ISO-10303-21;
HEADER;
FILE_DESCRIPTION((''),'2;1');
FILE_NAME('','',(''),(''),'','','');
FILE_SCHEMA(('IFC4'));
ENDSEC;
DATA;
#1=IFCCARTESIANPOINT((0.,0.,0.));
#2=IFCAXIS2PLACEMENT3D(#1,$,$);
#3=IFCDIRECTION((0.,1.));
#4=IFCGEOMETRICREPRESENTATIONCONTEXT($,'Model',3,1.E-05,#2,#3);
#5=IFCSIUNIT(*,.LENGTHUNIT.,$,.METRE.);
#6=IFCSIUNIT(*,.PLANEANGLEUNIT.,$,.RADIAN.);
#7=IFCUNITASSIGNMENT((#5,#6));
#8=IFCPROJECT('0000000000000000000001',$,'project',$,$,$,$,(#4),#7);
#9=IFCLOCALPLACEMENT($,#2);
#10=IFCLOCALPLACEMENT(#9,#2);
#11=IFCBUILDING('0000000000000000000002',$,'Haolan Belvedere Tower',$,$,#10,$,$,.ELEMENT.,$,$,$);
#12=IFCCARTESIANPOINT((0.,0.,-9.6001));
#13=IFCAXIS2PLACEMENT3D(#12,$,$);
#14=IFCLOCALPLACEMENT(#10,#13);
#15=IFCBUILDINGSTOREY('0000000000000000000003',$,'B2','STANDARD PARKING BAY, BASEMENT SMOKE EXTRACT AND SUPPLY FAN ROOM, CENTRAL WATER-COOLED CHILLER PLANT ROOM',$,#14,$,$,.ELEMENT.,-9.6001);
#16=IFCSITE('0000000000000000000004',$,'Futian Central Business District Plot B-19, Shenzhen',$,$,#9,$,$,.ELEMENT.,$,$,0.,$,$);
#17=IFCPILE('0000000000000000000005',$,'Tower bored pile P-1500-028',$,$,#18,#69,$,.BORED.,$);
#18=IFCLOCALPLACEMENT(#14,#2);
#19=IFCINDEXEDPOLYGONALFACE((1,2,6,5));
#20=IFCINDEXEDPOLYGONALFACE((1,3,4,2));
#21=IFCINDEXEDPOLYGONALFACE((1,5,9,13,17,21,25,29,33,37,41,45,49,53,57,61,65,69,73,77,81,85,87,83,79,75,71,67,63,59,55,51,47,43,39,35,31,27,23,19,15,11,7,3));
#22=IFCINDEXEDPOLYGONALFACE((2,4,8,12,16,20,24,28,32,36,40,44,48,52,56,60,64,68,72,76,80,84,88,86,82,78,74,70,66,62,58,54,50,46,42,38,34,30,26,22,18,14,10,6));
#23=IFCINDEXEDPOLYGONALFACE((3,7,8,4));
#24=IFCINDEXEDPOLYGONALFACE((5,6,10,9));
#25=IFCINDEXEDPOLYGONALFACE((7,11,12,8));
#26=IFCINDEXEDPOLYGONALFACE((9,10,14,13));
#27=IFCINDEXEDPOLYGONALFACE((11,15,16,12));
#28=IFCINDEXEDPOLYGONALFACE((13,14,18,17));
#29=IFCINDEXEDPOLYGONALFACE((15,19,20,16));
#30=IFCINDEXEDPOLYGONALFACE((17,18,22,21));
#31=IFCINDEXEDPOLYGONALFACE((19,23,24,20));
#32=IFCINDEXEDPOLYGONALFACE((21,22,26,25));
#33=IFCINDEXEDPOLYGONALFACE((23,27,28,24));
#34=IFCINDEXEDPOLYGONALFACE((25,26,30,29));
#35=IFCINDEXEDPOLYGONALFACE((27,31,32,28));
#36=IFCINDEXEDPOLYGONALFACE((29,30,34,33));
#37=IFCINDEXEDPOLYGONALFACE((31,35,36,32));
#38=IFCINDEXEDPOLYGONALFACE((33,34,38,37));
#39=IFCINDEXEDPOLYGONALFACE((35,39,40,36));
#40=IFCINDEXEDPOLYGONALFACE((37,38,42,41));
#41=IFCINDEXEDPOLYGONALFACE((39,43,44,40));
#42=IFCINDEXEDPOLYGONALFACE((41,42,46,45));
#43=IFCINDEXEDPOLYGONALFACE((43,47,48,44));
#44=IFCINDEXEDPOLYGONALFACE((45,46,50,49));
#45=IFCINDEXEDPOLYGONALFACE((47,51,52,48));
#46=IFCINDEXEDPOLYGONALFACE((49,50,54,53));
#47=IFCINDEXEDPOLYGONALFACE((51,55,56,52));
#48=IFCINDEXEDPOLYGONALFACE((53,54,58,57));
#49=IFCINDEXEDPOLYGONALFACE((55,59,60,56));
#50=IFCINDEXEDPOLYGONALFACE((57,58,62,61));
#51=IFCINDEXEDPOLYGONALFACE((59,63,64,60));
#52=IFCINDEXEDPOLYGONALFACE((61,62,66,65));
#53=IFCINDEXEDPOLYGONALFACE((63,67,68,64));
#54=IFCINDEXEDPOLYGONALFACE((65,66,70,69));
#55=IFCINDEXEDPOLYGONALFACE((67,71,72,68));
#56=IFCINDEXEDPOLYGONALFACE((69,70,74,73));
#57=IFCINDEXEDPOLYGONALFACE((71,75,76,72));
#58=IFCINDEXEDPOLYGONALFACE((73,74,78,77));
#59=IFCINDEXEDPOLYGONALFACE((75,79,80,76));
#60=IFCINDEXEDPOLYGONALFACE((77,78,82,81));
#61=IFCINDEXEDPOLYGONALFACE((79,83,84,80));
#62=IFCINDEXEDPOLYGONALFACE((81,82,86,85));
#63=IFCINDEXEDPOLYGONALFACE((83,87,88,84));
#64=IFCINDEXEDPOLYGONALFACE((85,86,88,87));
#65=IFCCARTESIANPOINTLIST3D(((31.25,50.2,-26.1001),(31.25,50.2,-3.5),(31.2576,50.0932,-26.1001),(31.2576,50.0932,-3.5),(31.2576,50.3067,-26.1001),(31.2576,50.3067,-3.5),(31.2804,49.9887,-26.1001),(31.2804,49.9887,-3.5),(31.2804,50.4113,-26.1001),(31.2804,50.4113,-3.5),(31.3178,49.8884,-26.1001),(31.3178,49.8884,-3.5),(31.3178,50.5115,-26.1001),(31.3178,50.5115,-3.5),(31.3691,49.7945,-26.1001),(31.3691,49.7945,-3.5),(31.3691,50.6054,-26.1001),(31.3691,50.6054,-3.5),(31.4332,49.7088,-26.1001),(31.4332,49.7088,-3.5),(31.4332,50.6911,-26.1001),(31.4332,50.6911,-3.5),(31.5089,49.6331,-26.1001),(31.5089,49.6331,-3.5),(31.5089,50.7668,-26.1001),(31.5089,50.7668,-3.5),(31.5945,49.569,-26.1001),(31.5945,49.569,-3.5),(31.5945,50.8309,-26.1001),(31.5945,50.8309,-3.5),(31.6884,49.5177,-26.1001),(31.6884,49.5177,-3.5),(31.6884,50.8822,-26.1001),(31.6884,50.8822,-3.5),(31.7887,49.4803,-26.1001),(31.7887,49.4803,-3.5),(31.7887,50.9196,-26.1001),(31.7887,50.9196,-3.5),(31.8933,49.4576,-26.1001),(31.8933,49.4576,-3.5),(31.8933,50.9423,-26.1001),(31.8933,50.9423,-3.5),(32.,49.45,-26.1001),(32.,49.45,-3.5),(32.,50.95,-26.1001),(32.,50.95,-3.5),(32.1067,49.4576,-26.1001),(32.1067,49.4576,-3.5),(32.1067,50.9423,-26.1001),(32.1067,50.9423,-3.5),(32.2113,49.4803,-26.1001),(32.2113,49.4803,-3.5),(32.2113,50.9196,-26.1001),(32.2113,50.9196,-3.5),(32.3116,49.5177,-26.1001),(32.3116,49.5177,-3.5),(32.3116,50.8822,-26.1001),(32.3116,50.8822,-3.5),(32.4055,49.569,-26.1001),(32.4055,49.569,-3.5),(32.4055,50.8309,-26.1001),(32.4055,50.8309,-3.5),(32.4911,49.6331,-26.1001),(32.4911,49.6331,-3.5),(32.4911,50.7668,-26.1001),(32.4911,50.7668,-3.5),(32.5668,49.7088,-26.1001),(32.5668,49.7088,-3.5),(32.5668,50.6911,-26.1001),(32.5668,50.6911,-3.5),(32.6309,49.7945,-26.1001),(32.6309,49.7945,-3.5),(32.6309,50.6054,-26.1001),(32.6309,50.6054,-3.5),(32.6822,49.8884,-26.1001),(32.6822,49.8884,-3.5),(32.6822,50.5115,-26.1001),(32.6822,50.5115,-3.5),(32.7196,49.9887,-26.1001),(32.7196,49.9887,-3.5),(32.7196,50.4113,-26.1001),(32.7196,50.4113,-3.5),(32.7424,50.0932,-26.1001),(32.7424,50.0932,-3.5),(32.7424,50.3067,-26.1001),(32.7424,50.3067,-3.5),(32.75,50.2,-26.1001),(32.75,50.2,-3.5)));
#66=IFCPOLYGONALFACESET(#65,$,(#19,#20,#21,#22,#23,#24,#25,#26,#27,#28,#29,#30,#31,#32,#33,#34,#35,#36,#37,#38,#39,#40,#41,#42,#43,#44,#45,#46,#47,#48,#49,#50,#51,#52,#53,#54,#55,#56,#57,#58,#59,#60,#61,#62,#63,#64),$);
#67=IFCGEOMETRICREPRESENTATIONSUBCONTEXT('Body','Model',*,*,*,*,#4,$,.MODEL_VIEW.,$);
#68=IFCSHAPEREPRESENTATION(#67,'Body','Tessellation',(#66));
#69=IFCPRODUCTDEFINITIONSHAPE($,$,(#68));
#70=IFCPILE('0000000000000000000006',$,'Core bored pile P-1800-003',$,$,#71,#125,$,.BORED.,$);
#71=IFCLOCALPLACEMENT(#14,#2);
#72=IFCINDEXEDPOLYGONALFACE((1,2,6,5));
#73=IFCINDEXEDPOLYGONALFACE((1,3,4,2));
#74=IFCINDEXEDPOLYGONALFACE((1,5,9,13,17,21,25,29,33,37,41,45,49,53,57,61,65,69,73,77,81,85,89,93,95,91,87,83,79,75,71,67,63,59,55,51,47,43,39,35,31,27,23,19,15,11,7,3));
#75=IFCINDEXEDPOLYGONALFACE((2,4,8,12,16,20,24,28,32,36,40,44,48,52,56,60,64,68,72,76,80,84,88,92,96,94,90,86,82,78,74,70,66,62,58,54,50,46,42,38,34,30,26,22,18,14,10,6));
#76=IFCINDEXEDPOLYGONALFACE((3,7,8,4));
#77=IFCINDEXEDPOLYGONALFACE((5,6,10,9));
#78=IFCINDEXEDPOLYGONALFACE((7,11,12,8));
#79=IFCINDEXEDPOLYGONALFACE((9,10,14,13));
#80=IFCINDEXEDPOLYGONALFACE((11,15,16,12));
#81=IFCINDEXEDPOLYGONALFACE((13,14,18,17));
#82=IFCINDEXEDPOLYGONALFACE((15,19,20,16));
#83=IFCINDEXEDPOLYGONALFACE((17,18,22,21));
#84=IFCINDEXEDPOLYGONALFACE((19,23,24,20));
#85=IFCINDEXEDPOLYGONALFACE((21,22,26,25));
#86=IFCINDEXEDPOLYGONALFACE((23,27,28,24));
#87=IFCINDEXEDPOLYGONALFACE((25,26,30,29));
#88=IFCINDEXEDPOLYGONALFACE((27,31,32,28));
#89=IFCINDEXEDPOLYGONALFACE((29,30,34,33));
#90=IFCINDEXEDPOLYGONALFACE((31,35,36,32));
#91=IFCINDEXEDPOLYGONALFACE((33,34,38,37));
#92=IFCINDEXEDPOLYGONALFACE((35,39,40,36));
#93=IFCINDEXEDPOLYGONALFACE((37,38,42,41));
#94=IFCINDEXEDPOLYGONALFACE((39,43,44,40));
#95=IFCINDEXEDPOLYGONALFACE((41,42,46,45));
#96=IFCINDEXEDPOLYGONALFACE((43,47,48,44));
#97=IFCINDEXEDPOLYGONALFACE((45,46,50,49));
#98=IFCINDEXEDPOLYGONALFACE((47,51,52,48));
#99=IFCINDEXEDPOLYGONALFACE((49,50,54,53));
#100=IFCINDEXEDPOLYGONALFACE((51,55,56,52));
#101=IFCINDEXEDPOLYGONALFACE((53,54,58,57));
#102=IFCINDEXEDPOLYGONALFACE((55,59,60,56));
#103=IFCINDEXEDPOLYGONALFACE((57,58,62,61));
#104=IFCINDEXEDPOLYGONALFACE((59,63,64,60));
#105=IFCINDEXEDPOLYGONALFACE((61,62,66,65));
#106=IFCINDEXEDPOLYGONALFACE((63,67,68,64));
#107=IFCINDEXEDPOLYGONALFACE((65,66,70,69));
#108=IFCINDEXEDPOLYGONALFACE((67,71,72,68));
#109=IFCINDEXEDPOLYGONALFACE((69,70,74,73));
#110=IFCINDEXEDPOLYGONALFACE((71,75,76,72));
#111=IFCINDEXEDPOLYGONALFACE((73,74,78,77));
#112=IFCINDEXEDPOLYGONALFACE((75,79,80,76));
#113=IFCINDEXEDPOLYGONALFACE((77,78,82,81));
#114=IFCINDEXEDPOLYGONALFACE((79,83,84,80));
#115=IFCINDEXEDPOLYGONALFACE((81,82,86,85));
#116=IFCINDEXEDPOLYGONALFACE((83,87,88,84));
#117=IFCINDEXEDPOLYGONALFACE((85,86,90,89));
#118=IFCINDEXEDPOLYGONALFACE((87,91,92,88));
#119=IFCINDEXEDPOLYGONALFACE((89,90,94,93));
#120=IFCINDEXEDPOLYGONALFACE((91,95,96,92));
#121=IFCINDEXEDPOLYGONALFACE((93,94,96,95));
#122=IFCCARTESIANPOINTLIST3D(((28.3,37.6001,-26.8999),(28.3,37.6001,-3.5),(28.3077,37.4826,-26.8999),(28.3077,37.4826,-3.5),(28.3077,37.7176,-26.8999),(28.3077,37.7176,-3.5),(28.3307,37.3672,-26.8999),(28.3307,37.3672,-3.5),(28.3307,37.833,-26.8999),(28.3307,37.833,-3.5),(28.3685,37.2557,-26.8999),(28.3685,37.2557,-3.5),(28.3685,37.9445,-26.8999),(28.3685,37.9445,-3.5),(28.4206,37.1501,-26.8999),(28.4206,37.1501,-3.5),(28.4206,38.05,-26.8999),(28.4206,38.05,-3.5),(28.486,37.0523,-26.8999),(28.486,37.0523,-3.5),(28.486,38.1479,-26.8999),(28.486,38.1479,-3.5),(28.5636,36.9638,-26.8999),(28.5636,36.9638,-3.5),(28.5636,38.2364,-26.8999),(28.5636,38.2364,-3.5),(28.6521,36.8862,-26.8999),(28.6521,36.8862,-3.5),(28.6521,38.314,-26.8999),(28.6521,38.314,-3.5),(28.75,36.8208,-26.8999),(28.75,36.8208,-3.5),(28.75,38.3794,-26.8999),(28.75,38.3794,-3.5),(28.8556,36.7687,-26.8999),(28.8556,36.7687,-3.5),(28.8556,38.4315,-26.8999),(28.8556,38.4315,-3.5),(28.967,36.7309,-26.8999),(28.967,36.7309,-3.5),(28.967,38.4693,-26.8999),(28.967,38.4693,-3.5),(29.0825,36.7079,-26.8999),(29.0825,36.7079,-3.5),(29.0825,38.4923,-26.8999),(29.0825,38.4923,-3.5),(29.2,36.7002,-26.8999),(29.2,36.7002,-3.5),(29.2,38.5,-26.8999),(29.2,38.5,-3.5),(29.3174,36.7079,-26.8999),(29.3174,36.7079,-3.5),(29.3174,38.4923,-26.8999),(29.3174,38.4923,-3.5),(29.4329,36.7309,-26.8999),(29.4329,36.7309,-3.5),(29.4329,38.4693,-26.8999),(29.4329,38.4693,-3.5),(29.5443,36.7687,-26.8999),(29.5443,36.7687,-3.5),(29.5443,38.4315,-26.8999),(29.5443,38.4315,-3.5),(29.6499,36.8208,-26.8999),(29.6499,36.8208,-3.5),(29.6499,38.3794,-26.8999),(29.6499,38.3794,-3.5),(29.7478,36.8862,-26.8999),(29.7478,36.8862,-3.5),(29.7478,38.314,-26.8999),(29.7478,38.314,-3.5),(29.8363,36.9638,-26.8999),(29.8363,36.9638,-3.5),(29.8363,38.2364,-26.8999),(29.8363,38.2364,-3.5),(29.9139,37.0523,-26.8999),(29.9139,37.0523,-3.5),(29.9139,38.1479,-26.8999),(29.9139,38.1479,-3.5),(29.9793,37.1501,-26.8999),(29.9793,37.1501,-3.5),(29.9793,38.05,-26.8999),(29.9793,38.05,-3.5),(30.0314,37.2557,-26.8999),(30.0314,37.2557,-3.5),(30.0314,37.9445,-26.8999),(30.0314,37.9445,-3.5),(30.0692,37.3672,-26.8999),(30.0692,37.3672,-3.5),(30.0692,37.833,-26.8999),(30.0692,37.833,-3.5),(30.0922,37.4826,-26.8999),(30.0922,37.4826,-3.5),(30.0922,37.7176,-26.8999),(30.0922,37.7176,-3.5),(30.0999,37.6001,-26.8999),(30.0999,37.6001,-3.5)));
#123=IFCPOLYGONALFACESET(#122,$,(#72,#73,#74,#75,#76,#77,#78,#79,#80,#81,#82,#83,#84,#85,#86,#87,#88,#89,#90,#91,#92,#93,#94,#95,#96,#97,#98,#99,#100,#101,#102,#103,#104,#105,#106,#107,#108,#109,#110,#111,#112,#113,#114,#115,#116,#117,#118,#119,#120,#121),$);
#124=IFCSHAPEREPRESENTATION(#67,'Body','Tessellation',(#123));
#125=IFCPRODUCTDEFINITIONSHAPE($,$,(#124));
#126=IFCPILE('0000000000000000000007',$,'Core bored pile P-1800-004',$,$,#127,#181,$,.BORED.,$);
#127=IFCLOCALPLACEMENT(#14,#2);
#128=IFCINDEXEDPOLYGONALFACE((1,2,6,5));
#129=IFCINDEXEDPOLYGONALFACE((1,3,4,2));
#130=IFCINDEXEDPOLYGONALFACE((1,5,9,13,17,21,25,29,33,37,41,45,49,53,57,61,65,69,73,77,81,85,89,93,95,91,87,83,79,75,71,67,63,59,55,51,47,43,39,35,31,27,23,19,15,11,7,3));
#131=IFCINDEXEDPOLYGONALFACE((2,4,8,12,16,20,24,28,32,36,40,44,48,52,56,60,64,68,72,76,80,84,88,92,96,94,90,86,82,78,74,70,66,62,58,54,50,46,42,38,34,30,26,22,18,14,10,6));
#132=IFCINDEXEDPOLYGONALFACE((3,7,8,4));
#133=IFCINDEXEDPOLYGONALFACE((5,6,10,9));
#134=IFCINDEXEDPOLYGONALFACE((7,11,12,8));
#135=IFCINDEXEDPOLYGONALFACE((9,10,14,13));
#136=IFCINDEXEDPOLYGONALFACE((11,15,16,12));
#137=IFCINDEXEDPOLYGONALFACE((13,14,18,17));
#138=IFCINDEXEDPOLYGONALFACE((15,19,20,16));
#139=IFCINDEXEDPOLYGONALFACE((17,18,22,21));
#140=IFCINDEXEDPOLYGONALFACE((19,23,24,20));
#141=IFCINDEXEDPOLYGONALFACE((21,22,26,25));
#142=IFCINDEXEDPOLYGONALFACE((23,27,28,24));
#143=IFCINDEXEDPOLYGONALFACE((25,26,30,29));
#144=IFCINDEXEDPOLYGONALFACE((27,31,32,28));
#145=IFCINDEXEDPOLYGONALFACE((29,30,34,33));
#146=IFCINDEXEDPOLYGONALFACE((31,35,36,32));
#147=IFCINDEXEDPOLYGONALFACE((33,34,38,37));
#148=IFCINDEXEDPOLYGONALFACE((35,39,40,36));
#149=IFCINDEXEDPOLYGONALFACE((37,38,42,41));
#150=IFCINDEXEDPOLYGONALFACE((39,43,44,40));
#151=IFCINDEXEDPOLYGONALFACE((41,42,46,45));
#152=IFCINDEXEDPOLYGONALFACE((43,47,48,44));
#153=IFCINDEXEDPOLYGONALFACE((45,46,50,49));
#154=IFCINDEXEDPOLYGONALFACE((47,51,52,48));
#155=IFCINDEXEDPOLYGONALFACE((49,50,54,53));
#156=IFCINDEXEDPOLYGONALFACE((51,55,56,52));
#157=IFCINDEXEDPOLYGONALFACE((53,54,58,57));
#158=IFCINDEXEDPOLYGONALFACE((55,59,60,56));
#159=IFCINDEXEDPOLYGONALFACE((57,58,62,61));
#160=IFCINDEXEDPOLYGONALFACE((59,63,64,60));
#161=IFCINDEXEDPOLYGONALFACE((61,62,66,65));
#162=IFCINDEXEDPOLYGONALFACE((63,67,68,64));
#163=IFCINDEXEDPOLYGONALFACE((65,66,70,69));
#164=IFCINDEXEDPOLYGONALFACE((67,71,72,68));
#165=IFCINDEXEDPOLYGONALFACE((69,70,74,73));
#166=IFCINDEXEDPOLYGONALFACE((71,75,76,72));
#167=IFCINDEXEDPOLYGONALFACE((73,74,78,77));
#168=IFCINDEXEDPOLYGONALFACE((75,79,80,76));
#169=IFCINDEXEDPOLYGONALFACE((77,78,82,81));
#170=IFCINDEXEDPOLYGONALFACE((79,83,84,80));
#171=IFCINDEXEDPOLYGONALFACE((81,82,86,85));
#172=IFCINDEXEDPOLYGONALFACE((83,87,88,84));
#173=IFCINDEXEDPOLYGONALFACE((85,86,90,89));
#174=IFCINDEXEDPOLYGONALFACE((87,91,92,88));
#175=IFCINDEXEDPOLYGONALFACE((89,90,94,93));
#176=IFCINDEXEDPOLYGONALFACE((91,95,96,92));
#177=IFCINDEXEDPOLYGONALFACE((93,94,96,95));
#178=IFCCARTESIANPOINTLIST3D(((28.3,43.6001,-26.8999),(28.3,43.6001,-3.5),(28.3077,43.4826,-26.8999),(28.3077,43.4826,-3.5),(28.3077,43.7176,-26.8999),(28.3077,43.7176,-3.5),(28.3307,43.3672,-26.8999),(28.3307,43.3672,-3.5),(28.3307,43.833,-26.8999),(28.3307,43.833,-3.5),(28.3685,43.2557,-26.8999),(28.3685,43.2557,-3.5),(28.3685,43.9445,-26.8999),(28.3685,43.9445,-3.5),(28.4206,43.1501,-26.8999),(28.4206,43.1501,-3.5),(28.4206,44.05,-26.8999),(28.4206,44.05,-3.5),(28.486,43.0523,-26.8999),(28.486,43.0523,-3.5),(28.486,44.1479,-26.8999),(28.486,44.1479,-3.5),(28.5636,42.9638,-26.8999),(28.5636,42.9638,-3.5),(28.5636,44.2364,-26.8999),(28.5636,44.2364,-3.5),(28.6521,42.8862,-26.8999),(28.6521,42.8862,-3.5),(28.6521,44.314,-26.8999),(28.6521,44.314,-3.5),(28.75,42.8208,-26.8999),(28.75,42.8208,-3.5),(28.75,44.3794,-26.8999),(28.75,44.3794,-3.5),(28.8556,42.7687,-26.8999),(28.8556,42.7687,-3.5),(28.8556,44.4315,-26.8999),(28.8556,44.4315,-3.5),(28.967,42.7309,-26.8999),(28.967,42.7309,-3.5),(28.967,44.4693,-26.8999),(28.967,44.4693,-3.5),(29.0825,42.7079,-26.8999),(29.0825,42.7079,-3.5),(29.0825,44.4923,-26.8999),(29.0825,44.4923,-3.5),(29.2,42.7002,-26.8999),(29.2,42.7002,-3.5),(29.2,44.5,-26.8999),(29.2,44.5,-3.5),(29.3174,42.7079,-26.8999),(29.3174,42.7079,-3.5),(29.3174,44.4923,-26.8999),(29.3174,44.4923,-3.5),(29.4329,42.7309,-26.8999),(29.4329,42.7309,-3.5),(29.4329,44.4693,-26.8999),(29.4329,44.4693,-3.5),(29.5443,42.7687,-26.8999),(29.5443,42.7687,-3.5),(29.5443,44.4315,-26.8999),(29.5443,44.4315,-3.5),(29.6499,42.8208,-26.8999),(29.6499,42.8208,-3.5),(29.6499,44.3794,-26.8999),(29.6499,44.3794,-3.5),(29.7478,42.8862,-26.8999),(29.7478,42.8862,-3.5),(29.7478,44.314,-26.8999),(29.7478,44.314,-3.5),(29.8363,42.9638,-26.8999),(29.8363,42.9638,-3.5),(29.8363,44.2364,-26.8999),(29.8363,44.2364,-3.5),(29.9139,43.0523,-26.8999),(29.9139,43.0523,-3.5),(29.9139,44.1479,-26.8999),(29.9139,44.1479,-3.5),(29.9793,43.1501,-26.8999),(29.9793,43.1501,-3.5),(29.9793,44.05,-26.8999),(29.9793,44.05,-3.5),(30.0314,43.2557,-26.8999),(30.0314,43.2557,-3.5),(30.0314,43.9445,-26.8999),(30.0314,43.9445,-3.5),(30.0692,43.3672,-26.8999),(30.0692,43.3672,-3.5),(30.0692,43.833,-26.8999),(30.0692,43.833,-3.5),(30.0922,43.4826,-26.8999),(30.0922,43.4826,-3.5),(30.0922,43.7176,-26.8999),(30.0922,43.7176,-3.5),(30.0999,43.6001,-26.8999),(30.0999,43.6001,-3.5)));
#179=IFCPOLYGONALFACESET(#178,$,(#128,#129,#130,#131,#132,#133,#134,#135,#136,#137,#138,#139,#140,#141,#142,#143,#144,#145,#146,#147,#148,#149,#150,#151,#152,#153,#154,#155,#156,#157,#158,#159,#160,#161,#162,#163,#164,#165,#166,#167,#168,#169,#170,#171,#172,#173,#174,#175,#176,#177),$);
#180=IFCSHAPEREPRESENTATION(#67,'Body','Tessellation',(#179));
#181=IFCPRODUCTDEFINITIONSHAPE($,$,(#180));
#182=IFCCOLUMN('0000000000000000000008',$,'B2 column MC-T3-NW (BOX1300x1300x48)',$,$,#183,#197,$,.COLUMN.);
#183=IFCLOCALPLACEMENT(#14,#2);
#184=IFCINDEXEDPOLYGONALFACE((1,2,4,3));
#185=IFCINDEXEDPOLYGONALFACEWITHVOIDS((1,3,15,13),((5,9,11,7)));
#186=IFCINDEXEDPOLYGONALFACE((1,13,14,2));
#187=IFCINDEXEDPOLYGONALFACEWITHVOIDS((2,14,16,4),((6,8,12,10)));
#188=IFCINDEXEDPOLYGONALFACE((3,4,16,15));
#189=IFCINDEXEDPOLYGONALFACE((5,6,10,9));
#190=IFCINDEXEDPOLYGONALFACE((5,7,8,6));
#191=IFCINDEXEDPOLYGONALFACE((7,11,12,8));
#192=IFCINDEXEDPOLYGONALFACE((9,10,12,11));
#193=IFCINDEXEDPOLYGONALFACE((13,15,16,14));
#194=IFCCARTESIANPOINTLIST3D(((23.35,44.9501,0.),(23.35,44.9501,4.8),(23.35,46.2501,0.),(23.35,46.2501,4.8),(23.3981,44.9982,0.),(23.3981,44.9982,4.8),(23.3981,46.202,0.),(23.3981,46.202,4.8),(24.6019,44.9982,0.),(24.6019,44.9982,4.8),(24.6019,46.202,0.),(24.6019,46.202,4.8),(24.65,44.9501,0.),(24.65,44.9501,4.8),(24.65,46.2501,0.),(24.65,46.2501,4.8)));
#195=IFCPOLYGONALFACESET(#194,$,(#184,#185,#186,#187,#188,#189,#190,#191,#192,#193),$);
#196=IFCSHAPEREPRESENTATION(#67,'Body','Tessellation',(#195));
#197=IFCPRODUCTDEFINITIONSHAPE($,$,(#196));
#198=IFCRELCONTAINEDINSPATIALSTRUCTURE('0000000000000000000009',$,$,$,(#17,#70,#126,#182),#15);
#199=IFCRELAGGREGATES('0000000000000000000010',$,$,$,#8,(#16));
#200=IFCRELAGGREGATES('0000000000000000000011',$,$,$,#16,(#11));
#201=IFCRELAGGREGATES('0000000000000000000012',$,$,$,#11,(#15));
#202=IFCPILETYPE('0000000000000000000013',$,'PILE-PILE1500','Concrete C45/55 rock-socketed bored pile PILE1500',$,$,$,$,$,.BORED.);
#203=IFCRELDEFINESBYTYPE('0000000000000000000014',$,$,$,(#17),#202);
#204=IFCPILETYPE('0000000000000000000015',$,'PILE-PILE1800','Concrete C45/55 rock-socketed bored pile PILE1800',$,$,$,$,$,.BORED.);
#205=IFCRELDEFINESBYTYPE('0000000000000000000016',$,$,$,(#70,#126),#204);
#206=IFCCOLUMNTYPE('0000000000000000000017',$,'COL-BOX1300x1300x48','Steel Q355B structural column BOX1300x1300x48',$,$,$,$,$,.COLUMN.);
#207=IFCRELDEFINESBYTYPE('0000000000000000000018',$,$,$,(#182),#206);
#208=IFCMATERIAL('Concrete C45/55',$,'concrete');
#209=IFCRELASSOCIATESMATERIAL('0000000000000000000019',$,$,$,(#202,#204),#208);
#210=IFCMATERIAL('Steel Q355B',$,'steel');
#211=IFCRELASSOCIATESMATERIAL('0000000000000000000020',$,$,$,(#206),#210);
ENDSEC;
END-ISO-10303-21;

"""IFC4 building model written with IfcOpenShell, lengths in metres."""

from ifc_helpers import new_model, si_unit, direction, frame, origin, origin_2d, place, context, subcontext, project, spatial, hollow_rectangle, circle, extrude, material, material_profile, profile_set, type_object, element, save


model = new_model("IFC4")

# Units and contexts
model_context = context("Model", 3, precision=1e-05, world=origin(), true_north=direction((0.0, 1.0)))
body_context = subcontext(model_context, "Body", "Model", "MODEL_VIEW")
ifc_project = project(units=[si_unit("LENGTHUNIT", "METRE"), si_unit("PLANEANGLEUNIT", "RADIAN")], contexts=[model_context])

# Site, building, storey
site_placement = place(None, origin())
site = spatial("IfcSite", under=ifc_project, at=site_placement, Name="Futian Central Business District Plot B-19, Shenzhen", CompositionType="ELEMENT", RefElevation=0.0)
building_placement = place(site_placement, origin())
building = spatial("IfcBuilding", under=site, at=building_placement, Name="Haolan Belvedere Tower", CompositionType="ELEMENT")
storey_placement = place(building_placement, frame((0.0, 0.0, -9.6001)))
storey = spatial("IfcBuildingStorey", under=building, at=storey_placement, Name="B2", Description="STANDARD PARKING BAY, BASEMENT SMOKE EXTRACT AND SUPPLY FAN ROOM, CENTRAL WATER-COOLED CHILLER PLANT ROOM", CompositionType="ELEMENT", Elevation=-9.6001)

# Piles
ifc_material_1 = material(Name="Concrete C45/55", Category="concrete")
ifc_material_profile_1 = material_profile(ifc_material_1, circle(Radius=0.75, at=origin_2d()), Name="Concrete C45/55")
ifc_profile_set_1 = profile_set([ifc_material_profile_1], Name="Concrete C45/55")
pile_type_1 = type_object("IfcPileType", Name="PILE-PILE1500", Description="Concrete C45/55 rock-socketed bored pile PILE1500", PredefinedType="BORED", material=ifc_profile_set_1)
for number, where, z_axis, x_axis, name in (
    (1, (32.0, 50.2, -3.5), (0.0, 0.0, -1.0), (1.0, 0.0, 0.0), "Tower bored pile P-1500-028"),
):
    element("IfcPile", number, at=place(storey_placement, frame(where, z_axis=z_axis, x_axis=x_axis)), inside=storey, type_object=pile_type_1, Name=name, PredefinedType="BORED", context=body_context, shape_type="SweptSolid", body=[
        extrude(circle(Radius=0.75, at=origin_2d()), origin(), (0.0, 0.0, 1.0), 22.6001),
    ])
ifc_material_profile_2 = material_profile(ifc_material_1, circle(Radius=0.8999, at=origin_2d()), Name="Concrete C45/55")
ifc_profile_set_2 = profile_set([ifc_material_profile_2], Name="Concrete C45/55")
pile_type_2 = type_object("IfcPileType", Name="PILE-PILE1800", Description="Concrete C45/55 rock-socketed bored pile PILE1800", PredefinedType="BORED", material=ifc_profile_set_2)
for number, where, z_axis, x_axis, name in (
    (2, (29.2, 37.6001, -3.5), (0.0, 0.0, -1.0), (1.0, 0.0, 0.0), "Core bored pile P-1800-003"),
    (3, (29.2, 43.6001, -3.5), (0.0, 0.0, -1.0), (1.0, 0.0, 0.0), "Core bored pile P-1800-004"),
):
    element("IfcPile", number, at=place(storey_placement, frame(where, z_axis=z_axis, x_axis=x_axis)), inside=storey, type_object=pile_type_2, Name=name, PredefinedType="BORED", context=body_context, shape_type="SweptSolid", body=[
        extrude(circle(Radius=0.8999, at=origin_2d()), origin(), (0.0, 0.0, 1.0), 23.3999),
    ])

# Column
ifc_material_2 = material(Name="Steel Q355B", Category="steel")
ifc_material_profile_3 = material_profile(ifc_material_2, hollow_rectangle(XDim=1.3, YDim=1.3, WallThickness=0.0481, at=origin_2d()), Name="Steel Q355B")
ifc_profile_set_3 = profile_set([ifc_material_profile_3], Name="Steel Q355B")
column_type = type_object("IfcColumnType", Name="COL-BOX1300x1300x48", Description="Steel Q355B structural column BOX1300x1300x48", PredefinedType="COLUMN", material=ifc_profile_set_3)
for number, where, z_axis, x_axis, name in (
    (4, (24.0, 45.6001, 0.0), (0.0, 0.0, 1.0), (1.0, 0.0, 0.0), "B2 column MC-T3-NW (BOX1300x1300x48)"),
):
    element("IfcColumn", number, at=place(storey_placement, frame(where, z_axis=z_axis, x_axis=x_axis)), inside=storey, type_object=column_type, Name=name, PredefinedType="COLUMN", context=body_context, shape_type="SweptSolid", body=[
        extrude(hollow_rectangle(XDim=1.3, YDim=1.3, WallThickness=0.0481, at=origin_2d()), origin(), (0.0, 0.0, 1.0), 4.8),
    ])

save(model, "model.ifc")
